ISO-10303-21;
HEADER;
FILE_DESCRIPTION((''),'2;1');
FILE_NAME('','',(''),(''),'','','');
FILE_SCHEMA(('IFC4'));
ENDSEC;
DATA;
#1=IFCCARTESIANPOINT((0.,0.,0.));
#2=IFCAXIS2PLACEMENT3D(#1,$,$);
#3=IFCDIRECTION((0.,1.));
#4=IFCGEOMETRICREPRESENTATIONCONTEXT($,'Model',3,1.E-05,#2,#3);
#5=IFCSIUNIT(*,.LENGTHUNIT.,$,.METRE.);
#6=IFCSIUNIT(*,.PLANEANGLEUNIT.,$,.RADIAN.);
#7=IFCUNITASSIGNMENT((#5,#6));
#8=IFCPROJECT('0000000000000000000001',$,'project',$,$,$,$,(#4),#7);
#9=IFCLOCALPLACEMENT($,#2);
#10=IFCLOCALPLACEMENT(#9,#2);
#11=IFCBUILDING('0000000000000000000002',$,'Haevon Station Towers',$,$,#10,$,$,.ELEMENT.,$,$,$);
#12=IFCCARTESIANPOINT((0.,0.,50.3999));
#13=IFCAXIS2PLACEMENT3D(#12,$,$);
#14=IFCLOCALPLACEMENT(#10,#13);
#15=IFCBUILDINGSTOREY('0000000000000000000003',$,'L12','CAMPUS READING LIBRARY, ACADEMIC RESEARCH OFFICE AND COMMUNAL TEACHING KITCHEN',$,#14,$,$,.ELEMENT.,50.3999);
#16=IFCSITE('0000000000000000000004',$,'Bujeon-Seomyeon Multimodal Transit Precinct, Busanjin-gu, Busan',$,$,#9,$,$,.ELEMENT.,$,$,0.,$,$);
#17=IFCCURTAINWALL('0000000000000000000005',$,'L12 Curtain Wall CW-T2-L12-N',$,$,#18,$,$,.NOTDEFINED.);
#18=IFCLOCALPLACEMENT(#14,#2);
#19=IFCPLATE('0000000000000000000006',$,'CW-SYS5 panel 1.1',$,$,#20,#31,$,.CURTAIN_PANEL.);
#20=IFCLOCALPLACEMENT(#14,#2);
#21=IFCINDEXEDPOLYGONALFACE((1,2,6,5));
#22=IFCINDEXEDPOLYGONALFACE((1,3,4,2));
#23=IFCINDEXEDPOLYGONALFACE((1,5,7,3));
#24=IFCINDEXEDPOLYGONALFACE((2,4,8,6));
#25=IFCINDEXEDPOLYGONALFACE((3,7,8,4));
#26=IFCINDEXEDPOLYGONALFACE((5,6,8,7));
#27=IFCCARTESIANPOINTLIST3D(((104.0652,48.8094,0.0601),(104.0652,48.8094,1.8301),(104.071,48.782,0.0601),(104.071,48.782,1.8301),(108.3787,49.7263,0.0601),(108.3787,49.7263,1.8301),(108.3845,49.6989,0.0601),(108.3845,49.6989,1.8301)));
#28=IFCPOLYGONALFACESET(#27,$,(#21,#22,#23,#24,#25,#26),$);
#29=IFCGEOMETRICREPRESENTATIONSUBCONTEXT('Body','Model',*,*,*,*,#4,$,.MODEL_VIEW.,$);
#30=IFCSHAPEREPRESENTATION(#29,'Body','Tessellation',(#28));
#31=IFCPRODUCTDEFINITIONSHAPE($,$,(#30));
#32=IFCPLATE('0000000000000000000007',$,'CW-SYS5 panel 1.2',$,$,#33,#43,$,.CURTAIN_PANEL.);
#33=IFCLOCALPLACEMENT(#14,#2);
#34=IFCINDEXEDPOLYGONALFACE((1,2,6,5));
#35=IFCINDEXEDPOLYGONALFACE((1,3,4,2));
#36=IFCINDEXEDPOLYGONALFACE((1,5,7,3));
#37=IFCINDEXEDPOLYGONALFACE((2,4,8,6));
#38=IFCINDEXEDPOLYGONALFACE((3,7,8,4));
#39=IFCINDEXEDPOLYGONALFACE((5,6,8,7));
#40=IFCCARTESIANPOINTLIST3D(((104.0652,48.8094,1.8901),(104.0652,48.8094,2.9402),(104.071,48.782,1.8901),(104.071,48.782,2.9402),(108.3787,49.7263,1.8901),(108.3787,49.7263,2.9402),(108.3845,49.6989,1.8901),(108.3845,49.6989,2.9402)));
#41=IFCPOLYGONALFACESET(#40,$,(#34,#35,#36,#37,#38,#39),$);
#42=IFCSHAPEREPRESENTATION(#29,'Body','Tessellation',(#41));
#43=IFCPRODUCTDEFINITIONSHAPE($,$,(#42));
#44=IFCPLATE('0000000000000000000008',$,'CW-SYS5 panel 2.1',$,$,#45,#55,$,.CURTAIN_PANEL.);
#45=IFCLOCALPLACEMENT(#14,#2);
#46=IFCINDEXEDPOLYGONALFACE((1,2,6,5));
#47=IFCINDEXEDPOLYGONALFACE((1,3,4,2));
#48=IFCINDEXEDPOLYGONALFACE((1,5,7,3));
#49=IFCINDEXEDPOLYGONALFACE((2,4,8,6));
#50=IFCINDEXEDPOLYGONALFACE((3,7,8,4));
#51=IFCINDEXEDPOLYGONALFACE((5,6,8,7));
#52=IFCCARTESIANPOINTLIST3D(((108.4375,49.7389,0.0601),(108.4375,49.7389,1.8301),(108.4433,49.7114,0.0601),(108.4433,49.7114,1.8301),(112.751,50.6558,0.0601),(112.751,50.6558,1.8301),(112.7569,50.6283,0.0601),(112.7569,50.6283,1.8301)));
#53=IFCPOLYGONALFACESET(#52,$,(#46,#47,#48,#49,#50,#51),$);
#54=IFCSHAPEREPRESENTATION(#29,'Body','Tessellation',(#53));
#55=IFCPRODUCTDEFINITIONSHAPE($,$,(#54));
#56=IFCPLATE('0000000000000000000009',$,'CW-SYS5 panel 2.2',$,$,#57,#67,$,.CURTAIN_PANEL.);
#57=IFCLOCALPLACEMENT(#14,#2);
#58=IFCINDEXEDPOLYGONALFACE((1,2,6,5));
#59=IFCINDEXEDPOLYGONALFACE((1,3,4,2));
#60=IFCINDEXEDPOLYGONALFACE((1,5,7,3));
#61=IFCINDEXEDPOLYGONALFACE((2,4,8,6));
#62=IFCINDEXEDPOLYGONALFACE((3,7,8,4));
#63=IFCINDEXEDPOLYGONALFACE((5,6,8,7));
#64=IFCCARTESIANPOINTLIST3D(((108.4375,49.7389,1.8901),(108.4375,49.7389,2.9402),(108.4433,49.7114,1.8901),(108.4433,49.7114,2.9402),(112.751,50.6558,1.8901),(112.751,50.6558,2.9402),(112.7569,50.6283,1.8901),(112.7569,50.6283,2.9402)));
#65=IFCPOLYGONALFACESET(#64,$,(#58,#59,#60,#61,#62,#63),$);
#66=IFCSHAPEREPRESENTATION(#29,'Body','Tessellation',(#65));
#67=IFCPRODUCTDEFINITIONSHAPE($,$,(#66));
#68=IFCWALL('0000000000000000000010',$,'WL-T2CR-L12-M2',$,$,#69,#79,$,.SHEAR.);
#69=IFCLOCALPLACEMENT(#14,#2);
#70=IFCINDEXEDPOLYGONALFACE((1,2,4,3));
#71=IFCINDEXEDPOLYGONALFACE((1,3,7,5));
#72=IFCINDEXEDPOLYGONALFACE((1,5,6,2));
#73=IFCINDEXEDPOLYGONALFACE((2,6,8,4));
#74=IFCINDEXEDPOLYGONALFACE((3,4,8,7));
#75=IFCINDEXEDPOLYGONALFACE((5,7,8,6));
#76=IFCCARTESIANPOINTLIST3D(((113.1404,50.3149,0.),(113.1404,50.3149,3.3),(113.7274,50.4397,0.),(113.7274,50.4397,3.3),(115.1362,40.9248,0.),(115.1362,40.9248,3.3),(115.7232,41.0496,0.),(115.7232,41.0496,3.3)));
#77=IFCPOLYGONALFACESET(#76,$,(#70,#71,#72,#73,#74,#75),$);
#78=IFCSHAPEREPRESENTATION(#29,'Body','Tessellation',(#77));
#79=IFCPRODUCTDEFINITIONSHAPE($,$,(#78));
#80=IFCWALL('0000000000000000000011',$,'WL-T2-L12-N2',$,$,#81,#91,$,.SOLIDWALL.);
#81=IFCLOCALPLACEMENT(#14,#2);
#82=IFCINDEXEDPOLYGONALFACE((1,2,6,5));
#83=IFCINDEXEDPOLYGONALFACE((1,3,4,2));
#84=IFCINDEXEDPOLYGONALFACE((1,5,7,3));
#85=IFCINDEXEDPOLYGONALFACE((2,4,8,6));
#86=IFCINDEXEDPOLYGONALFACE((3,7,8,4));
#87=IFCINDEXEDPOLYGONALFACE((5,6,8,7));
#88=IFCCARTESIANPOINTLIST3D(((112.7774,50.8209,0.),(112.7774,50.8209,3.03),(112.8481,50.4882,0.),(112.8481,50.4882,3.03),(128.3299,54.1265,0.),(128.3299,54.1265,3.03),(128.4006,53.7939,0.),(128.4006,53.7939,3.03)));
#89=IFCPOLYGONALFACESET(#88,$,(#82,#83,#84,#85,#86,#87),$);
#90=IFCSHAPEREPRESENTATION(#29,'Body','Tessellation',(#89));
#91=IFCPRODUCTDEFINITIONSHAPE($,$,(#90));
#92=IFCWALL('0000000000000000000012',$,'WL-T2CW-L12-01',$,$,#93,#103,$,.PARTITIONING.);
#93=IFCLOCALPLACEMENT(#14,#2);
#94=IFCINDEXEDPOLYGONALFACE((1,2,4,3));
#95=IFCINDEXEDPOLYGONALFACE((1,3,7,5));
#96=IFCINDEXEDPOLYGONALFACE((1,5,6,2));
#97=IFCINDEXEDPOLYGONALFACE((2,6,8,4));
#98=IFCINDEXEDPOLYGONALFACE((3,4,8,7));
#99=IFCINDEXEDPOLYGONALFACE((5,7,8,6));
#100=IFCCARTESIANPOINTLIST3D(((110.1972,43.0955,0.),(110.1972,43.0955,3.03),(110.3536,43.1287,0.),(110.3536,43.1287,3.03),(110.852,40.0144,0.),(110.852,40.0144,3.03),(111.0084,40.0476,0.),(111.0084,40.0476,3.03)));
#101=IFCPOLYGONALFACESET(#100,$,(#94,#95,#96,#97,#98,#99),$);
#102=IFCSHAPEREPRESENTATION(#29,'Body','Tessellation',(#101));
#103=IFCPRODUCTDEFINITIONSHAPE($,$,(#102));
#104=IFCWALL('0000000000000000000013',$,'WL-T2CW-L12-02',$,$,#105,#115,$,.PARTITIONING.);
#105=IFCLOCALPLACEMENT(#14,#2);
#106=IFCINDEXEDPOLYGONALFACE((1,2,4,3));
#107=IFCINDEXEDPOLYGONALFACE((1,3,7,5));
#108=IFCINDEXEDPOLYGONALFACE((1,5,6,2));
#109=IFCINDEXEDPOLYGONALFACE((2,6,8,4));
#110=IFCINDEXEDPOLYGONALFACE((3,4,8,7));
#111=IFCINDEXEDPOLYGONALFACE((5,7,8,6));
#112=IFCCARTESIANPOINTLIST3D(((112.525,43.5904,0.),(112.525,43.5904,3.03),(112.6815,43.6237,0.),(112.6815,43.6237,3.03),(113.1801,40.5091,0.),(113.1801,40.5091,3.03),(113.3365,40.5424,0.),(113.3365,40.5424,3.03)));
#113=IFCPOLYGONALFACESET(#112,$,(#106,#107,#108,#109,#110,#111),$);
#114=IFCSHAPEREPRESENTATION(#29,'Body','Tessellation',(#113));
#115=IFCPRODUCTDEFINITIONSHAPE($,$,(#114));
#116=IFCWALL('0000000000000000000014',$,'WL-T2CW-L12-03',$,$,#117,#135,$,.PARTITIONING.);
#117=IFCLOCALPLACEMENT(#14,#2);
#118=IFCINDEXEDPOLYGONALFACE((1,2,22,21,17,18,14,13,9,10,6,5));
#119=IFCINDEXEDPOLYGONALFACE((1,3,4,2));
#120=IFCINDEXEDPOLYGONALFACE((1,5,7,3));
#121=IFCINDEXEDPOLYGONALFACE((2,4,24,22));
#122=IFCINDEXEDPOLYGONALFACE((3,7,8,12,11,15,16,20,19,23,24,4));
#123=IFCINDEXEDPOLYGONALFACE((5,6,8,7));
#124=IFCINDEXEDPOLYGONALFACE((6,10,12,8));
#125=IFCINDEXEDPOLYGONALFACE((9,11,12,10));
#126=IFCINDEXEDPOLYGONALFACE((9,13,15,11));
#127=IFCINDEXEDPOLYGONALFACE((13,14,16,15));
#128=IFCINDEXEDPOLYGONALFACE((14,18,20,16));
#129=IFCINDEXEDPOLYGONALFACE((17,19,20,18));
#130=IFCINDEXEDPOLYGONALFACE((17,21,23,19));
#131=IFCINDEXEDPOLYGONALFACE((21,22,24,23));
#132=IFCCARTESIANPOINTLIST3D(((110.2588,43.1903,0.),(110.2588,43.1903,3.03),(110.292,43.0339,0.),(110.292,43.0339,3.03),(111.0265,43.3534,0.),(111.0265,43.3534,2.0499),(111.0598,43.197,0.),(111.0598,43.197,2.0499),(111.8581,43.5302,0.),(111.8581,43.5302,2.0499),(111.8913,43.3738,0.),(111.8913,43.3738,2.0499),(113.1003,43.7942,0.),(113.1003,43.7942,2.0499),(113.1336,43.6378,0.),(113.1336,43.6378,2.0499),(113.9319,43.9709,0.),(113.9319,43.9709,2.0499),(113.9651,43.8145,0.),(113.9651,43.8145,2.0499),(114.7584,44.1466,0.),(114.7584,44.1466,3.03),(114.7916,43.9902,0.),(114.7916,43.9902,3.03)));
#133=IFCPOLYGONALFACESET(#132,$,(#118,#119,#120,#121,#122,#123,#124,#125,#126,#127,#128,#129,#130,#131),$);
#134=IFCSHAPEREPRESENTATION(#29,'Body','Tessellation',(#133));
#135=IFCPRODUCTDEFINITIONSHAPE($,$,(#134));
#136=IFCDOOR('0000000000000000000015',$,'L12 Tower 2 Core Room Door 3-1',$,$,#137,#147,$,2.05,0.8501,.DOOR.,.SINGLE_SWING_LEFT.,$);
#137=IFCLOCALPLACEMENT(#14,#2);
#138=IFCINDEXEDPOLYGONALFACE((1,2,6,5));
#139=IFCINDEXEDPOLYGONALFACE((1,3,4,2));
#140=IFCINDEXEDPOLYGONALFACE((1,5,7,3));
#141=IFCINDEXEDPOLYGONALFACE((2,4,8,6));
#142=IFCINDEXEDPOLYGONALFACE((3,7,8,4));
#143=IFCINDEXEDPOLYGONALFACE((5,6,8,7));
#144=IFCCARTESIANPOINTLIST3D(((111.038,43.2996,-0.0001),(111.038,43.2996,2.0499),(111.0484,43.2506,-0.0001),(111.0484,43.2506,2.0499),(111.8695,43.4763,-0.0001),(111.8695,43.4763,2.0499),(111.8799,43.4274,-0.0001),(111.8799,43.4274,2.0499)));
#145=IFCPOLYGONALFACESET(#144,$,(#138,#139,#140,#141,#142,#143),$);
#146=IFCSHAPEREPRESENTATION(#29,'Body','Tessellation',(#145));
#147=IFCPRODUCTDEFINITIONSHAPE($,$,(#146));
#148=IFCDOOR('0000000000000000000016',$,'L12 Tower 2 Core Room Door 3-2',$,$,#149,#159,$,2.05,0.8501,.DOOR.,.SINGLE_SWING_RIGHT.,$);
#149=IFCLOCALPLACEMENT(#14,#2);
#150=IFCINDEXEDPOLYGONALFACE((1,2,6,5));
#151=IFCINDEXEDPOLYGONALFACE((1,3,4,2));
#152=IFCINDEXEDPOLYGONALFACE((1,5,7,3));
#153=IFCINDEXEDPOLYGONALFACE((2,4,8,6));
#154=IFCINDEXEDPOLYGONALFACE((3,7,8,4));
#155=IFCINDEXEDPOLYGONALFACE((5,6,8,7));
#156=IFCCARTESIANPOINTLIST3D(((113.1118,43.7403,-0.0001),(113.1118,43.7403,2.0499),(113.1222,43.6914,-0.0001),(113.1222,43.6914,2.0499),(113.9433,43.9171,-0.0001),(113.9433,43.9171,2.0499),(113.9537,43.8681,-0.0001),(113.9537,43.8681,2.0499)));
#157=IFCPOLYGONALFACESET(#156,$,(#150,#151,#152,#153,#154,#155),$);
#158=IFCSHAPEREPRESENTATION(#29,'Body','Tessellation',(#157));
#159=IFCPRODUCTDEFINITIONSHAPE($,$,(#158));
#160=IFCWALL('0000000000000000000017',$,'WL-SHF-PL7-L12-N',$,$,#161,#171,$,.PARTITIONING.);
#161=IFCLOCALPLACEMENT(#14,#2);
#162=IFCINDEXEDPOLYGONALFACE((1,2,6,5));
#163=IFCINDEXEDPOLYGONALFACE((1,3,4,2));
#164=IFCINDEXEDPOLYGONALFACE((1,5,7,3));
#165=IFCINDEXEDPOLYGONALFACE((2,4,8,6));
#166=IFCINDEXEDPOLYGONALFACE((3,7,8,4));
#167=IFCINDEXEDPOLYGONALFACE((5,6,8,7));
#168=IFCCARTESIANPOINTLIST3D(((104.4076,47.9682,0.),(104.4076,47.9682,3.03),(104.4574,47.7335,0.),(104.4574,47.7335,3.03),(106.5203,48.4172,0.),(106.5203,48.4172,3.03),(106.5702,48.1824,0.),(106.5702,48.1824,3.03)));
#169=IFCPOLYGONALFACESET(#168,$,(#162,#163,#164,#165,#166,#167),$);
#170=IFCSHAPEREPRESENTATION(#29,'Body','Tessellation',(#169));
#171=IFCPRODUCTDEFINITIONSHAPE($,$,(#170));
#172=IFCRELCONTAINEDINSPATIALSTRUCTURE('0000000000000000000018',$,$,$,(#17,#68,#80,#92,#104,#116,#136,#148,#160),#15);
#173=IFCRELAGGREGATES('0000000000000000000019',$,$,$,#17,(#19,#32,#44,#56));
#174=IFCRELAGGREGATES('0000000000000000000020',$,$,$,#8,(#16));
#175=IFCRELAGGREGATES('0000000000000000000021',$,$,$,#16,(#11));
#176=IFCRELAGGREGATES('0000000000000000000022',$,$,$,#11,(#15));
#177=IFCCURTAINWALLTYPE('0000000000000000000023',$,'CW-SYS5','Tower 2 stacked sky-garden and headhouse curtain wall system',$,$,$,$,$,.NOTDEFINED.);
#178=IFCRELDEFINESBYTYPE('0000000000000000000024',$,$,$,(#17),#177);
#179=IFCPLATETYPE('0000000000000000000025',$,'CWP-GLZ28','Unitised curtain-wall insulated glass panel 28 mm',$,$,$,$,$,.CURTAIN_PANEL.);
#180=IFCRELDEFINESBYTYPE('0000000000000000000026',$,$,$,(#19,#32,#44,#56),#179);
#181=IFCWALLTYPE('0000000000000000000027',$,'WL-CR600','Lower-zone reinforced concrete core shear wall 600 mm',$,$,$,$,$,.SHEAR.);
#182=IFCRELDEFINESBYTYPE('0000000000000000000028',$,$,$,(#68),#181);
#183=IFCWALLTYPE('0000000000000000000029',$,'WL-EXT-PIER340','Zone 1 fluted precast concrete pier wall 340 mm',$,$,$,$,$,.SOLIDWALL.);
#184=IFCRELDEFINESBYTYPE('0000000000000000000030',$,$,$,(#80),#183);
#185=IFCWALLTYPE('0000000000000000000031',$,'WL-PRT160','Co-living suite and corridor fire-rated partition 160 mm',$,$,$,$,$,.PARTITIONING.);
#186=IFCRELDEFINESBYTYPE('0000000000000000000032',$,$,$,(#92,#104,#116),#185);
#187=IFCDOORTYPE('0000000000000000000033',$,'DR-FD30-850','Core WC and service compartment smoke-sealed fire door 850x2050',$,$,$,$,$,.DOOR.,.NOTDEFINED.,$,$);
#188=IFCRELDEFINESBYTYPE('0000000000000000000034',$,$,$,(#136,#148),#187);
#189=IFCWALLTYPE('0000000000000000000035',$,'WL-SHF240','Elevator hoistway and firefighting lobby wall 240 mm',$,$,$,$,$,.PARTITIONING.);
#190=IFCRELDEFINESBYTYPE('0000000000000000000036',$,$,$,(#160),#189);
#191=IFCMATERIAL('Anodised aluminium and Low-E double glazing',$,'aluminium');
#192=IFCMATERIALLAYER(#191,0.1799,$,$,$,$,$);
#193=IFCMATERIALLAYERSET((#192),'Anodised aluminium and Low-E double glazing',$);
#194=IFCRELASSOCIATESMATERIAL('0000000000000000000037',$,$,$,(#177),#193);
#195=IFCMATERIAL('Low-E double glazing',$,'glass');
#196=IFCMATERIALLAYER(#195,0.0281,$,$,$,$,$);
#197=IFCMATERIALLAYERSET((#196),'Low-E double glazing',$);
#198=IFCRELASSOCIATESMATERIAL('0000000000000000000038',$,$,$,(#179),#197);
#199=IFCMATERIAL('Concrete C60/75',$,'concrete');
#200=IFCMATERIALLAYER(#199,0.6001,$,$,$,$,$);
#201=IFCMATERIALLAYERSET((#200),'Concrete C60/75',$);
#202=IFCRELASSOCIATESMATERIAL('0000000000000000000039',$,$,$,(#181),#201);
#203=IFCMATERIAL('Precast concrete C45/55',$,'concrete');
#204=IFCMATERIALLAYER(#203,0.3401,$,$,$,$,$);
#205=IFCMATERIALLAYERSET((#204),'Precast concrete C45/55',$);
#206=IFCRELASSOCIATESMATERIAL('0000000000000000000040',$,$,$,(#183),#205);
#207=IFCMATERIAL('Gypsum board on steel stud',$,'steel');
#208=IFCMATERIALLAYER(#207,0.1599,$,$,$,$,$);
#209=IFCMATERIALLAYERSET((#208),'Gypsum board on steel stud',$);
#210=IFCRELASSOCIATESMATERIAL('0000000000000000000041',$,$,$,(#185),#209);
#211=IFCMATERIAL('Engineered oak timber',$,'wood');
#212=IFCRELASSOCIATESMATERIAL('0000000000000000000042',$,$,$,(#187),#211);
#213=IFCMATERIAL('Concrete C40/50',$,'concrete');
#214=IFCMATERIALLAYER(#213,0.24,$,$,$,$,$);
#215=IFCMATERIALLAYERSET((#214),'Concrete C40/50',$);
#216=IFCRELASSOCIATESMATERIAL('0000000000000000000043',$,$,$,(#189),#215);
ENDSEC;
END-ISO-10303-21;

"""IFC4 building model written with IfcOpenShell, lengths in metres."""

from ifc_helpers import new_model, si_unit, direction, frame, frame_2d, origin, origin_2d, place, context, subcontext, project, spatial, rectangle, extrude, material, layer, layer_set, type_object, element, fill, aggregate, save


model = new_model("IFC4")

# Units and contexts
model_context = context("Model", 3, precision=1e-05, world=origin(), true_north=direction((0.0, 1.0)))
body_context = subcontext(model_context, "Body", "Model", "MODEL_VIEW")
ifc_project = project(units=[si_unit("LENGTHUNIT", "METRE"), si_unit("PLANEANGLEUNIT", "RADIAN")], contexts=[model_context])

# Site, building, storey
site_placement = place(None, origin())
site = spatial("IfcSite", under=ifc_project, at=site_placement, Name="Bujeon-Seomyeon Multimodal Transit Precinct, Busanjin-gu, Busan", CompositionType="ELEMENT", RefElevation=0.0)
building_placement = place(site_placement, origin())
building = spatial("IfcBuilding", under=site, at=building_placement, Name="Haevon Station Towers", CompositionType="ELEMENT")
storey_placement = place(building_placement, frame((0.0, 0.0, 50.3999)))
storey = spatial("IfcBuildingStorey", under=building, at=storey_placement, Name="L12", Description="CAMPUS READING LIBRARY, ACADEMIC RESEARCH OFFICE AND COMMUNAL TEACHING KITCHEN", CompositionType="ELEMENT", Elevation=50.3999)

# Curtain wall, plates
ifc_material_1 = material(Name="Anodised aluminium and Low-E double glazing", Category="aluminium")
ifc_layer_1 = layer(ifc_material_1, 0.1799)
ifc_layer_set_1 = layer_set([ifc_layer_1], Name="Anodised aluminium and Low-E double glazing")
curtain_wall_type = type_object("IfcCurtainWallType", Name="CW-SYS5", Description="Tower 2 stacked sky-garden and headhouse curtain wall system", PredefinedType="NOTDEFINED", material=ifc_layer_set_1)
curtain_wall_placement = place(storey_placement, origin())
curtain_wall = element("IfcCurtainWall", 1, at=curtain_wall_placement, inside=storey, type_object=curtain_wall_type, Name="L12 Curtain Wall CW-T2-L12-N", PredefinedType="NOTDEFINED")
ifc_material_2 = material(Name="Low-E double glazing", Category="glass")
ifc_layer_2 = layer(ifc_material_2, 0.0281)
ifc_layer_set_2 = layer_set([ifc_layer_2], Name="Low-E double glazing")
plate_type = type_object("IfcPlateType", Name="CWP-GLZ28", Description="Unitised curtain-wall insulated glass panel 28 mm", PredefinedType="CURTAIN_PANEL", material=ifc_layer_set_2)
plate_1_placement = place(storey_placement, frame((106.2249, 49.2542, 0.0601), z_axis=(0.0, 0.0, 1.0), x_axis=(0.978148, 0.207912, 0.0)))
plate_1 = element("IfcPlate", 2, at=plate_1_placement, type_object=plate_type, Name="CW-SYS5 panel 1.1", PredefinedType="CURTAIN_PANEL", context=body_context, shape_type="SweptSolid", body=[
    extrude(rectangle(XDim=4.4099, YDim=0.0281, at=origin_2d()), origin(), (0.0, 0.0, 1.0), 1.77),
])
plate_2_placement = place(storey_placement, frame((106.2249, 49.2542, 1.8901), z_axis=(0.0, 0.0, 1.0), x_axis=(0.978148, 0.207912, 0.0)))
plate_2 = element("IfcPlate", 3, at=plate_2_placement, type_object=plate_type, Name="CW-SYS5 panel 1.2", PredefinedType="CURTAIN_PANEL", context=body_context, shape_type="SweptSolid", body=[
    extrude(rectangle(XDim=4.4099, YDim=0.0281, at=origin_2d()), origin(), (0.0, 0.0, 1.0), 1.05),
])
plate_3_placement = place(storey_placement, frame((110.5972, 50.1836, 0.0601), z_axis=(0.0, 0.0, 1.0), x_axis=(0.978148, 0.207912, 0.0)))
plate_3 = element("IfcPlate", 4, at=plate_3_placement, type_object=plate_type, Name="CW-SYS5 panel 2.1", PredefinedType="CURTAIN_PANEL", context=body_context, shape_type="SweptSolid", body=[
    extrude(rectangle(XDim=4.4099, YDim=0.0281, at=origin_2d()), origin(), (0.0, 0.0, 1.0), 1.77),
])
plate_4_placement = place(storey_placement, frame((110.5972, 50.1836, 1.8901), z_axis=(0.0, 0.0, 1.0), x_axis=(0.978148, 0.207912, 0.0)))
plate_4 = element("IfcPlate", 5, at=plate_4_placement, type_object=plate_type, Name="CW-SYS5 panel 2.2", PredefinedType="CURTAIN_PANEL", context=body_context, shape_type="SweptSolid", body=[
    extrude(rectangle(XDim=4.4099, YDim=0.0281, at=origin_2d()), origin(), (0.0, 0.0, 1.0), 1.05),
])
aggregate(curtain_wall, [plate_1, plate_2, plate_3, plate_4])

# Walls
ifc_material_3 = material(Name="Concrete C60/75", Category="concrete")
ifc_layer_3 = layer(ifc_material_3, 0.6001)
ifc_layer_set_3 = layer_set([ifc_layer_3], Name="Concrete C60/75")
wall_type_1 = type_object("IfcWallType", Name="WL-CR600", Description="Lower-zone reinforced concrete core shear wall 600 mm", PredefinedType="SHEAR", material=ifc_layer_set_3)
wall_1_placement = place(storey_placement, frame((115.4297, 40.9873, 0.0), z_axis=(0.0, 0.0, 1.0), x_axis=(-0.207903, 0.978149, 0.0)))
element("IfcWall", 6, at=wall_1_placement, inside=storey, type_object=wall_type_1, Name="WL-T2CR-L12-M2", PredefinedType="SHEAR", context=body_context, shape_type="SweptSolid", body=[
    extrude(rectangle(XDim=9.5999, YDim=0.6001, at=frame_2d((4.7998, 0.0))), origin(), (0.0, 0.0, 1.0), 3.3),
])
ifc_material_4 = material(Name="Precast concrete C45/55", Category="concrete")
ifc_layer_4 = layer(ifc_material_4, 0.3401)
ifc_layer_set_4 = layer_set([ifc_layer_4], Name="Precast concrete C45/55")
wall_type_2 = type_object("IfcWallType", Name="WL-EXT-PIER340", Description="Zone 1 fluted precast concrete pier wall 340 mm", PredefinedType="SOLIDWALL", material=ifc_layer_set_4)
wall_2_placement = place(storey_placement, frame((112.8127, 50.6545, 0.0), z_axis=(0.0, 0.0, 1.0), x_axis=(0.978149, 0.207904, 0.0)))
element("IfcWall", 7, at=wall_2_placement, inside=storey, type_object=wall_type_2, Name="WL-T2-L12-N2", PredefinedType="SOLIDWALL", context=body_context, shape_type="SweptSolid", body=[
    extrude(rectangle(XDim=15.8999, YDim=0.3401, at=frame_2d((7.95, 0.0))), origin(), (0.0, 0.0, 1.0), 3.03),
])
ifc_material_5 = material(Name="Gypsum board on steel stud", Category="steel")
ifc_layer_5 = layer(ifc_material_5, 0.1599)
ifc_layer_set_5 = layer_set([ifc_layer_5], Name="Gypsum board on steel stud")
wall_type_3 = type_object("IfcWallType", Name="WL-PRT160", Description="Co-living suite and corridor fire-rated partition 160 mm", PredefinedType="PARTITIONING", material=ifc_layer_set_5)
wall_3_placement = place(storey_placement, frame((110.9302, 40.031, 0.0), z_axis=(0.0, 0.0, 1.0), x_axis=(-0.207877, 0.978155, 0.0)))
element("IfcWall", 8, at=wall_3_placement, inside=storey, type_object=wall_type_3, Name="WL-T2CW-L12-01", PredefinedType="PARTITIONING", context=body_context, shape_type="SweptSolid", body=[
    extrude(rectangle(XDim=3.1499, YDim=0.1599, at=frame_2d((1.575, 0.0))), origin(), (0.0, 0.0, 1.0), 3.03),
])
wall_4_placement = place(storey_placement, frame((113.2583, 40.5256, 0.0), z_axis=(0.0, 0.0, 1.0), x_axis=(-0.207936, 0.978142, 0.0)))
element("IfcWall", 9, at=wall_4_placement, inside=storey, type_object=wall_type_3, Name="WL-T2CW-L12-02", PredefinedType="PARTITIONING", context=body_context, shape_type="SweptSolid", body=[
    extrude(rectangle(XDim=3.1501, YDim=0.1599, at=frame_2d((1.5752, 0.0))), origin(), (0.0, 0.0, 1.0), 3.03),
])

# Wall, openings, doors
wall_5_placement = place(storey_placement, frame((110.2754, 43.1121, 0.0), z_axis=(0.0, 0.0, 1.0), x_axis=(0.978152, 0.20789, 0.0)))
wall_5 = element("IfcWall", 10, at=wall_5_placement, inside=storey, type_object=wall_type_3, Name="WL-T2CW-L12-03", PredefinedType="PARTITIONING", context=body_context, shape_type="SweptSolid", body=[
    extrude(rectangle(XDim=4.6001, YDim=0.1599, at=frame_2d((2.3, 0.0))), origin(), (0.0, 0.0, 1.0), 3.03),
])
opening_1_placement = place(wall_5_placement, frame((0.7849, 0.0, 0.0)))
opening_1 = element("IfcOpeningElement", 11, at=opening_1_placement, cuts=wall_5, PredefinedType="OPENING", context=body_context, shape_type="SweptSolid", body=[
    extrude(rectangle(XDim=0.8501, YDim=2.05, at=frame_2d((0.425, 1.0249))), frame((0.0, 0.0898, 0.0), z_axis=(0.0, -1.0, 0.0), x_axis=(1.0, 0.0, 0.0)), (0.0, 0.0, 1.0), 0.1799),
])
opening_2_placement = place(wall_5_placement, frame((2.905, 0.0, 0.0)))
opening_2 = element("IfcOpeningElement", 12, at=opening_2_placement, cuts=wall_5, PredefinedType="OPENING", context=body_context, shape_type="SweptSolid", body=[
    extrude(rectangle(XDim=0.8501, YDim=2.05, at=frame_2d((0.425, 1.0249))), frame((0.0, 0.0898, 0.0), z_axis=(0.0, -1.0, 0.0), x_axis=(1.0, 0.0, 0.0)), (0.0, 0.0, 1.0), 0.1799),
])
ifc_material_6 = material(Name="Engineered oak timber", Category="wood")
door_type_1 = type_object("IfcDoorType", Name="DR-FD30-850", Description="Core WC and service compartment smoke-sealed fire door 850x2050", OperationType="NOTDEFINED", PredefinedType="DOOR", material=ifc_material_6)
door_1_placement = place(opening_1_placement, origin())
door_1 = element("IfcDoor", 13, at=door_1_placement, inside=storey, type_object=door_type_1, Name="L12 Tower 2 Core Room Door 3-1", OperationType="SINGLE_SWING_LEFT", OverallHeight=2.05, OverallWidth=0.8501, PredefinedType="DOOR", context=body_context, shape_type="SweptSolid", body=[
    extrude(rectangle(XDim=0.8501, YDim=2.05, at=frame_2d((0.425, 1.0249))), frame((0.0, 0.0249, 0.0), z_axis=(0.0, -1.0, 0.0), x_axis=(1.0, 0.0, 0.0)), (0.0, 0.0, 1.0), 0.05),
])
fill(opening_1, door_1)
door_2_placement = place(opening_2_placement, origin())
door_2 = element("IfcDoor", 14, at=door_2_placement, inside=storey, type_object=door_type_1, Name="L12 Tower 2 Core Room Door 3-2", OperationType="SINGLE_SWING_RIGHT", OverallHeight=2.05, OverallWidth=0.8501, PredefinedType="DOOR", context=body_context, shape_type="SweptSolid", body=[
    extrude(rectangle(XDim=0.8501, YDim=2.05, at=frame_2d((0.425, 1.0249))), frame((0.0, 0.0249, 0.0), z_axis=(0.0, -1.0, 0.0), x_axis=(1.0, 0.0, 0.0)), (0.0, 0.0, 1.0), 0.05),
])
fill(opening_2, door_2)

# Shared definitions
ifc_material_7 = material(Name="Concrete C40/50", Category="concrete")
ifc_layer_6 = layer(ifc_material_7, 0.24)
ifc_layer_set_6 = layer_set([ifc_layer_6], Name="Concrete C40/50")
wall_type_4 = type_object("IfcWallType", Name="WL-SHF240", Description="Elevator hoistway and firefighting lobby wall 240 mm", PredefinedType="PARTITIONING", material=ifc_layer_set_6)

# Wall
wall_6_placement = place(storey_placement, frame((104.4324, 47.8508, 0.0), z_axis=(0.0, 0.0, 1.0), x_axis=(0.978158, 0.207861, 0.0)))
element("IfcWall", 15, at=wall_6_placement, inside=storey, type_object=wall_type_4, Name="WL-SHF-PL7-L12-N", PredefinedType="PARTITIONING", context=body_context, shape_type="SweptSolid", body=[
    extrude(rectangle(XDim=2.1599, YDim=0.24, at=frame_2d((1.0801, 0.0))), origin(), (0.0, 0.0, 1.0), 3.03),
])

save(model, "model.ifc")
